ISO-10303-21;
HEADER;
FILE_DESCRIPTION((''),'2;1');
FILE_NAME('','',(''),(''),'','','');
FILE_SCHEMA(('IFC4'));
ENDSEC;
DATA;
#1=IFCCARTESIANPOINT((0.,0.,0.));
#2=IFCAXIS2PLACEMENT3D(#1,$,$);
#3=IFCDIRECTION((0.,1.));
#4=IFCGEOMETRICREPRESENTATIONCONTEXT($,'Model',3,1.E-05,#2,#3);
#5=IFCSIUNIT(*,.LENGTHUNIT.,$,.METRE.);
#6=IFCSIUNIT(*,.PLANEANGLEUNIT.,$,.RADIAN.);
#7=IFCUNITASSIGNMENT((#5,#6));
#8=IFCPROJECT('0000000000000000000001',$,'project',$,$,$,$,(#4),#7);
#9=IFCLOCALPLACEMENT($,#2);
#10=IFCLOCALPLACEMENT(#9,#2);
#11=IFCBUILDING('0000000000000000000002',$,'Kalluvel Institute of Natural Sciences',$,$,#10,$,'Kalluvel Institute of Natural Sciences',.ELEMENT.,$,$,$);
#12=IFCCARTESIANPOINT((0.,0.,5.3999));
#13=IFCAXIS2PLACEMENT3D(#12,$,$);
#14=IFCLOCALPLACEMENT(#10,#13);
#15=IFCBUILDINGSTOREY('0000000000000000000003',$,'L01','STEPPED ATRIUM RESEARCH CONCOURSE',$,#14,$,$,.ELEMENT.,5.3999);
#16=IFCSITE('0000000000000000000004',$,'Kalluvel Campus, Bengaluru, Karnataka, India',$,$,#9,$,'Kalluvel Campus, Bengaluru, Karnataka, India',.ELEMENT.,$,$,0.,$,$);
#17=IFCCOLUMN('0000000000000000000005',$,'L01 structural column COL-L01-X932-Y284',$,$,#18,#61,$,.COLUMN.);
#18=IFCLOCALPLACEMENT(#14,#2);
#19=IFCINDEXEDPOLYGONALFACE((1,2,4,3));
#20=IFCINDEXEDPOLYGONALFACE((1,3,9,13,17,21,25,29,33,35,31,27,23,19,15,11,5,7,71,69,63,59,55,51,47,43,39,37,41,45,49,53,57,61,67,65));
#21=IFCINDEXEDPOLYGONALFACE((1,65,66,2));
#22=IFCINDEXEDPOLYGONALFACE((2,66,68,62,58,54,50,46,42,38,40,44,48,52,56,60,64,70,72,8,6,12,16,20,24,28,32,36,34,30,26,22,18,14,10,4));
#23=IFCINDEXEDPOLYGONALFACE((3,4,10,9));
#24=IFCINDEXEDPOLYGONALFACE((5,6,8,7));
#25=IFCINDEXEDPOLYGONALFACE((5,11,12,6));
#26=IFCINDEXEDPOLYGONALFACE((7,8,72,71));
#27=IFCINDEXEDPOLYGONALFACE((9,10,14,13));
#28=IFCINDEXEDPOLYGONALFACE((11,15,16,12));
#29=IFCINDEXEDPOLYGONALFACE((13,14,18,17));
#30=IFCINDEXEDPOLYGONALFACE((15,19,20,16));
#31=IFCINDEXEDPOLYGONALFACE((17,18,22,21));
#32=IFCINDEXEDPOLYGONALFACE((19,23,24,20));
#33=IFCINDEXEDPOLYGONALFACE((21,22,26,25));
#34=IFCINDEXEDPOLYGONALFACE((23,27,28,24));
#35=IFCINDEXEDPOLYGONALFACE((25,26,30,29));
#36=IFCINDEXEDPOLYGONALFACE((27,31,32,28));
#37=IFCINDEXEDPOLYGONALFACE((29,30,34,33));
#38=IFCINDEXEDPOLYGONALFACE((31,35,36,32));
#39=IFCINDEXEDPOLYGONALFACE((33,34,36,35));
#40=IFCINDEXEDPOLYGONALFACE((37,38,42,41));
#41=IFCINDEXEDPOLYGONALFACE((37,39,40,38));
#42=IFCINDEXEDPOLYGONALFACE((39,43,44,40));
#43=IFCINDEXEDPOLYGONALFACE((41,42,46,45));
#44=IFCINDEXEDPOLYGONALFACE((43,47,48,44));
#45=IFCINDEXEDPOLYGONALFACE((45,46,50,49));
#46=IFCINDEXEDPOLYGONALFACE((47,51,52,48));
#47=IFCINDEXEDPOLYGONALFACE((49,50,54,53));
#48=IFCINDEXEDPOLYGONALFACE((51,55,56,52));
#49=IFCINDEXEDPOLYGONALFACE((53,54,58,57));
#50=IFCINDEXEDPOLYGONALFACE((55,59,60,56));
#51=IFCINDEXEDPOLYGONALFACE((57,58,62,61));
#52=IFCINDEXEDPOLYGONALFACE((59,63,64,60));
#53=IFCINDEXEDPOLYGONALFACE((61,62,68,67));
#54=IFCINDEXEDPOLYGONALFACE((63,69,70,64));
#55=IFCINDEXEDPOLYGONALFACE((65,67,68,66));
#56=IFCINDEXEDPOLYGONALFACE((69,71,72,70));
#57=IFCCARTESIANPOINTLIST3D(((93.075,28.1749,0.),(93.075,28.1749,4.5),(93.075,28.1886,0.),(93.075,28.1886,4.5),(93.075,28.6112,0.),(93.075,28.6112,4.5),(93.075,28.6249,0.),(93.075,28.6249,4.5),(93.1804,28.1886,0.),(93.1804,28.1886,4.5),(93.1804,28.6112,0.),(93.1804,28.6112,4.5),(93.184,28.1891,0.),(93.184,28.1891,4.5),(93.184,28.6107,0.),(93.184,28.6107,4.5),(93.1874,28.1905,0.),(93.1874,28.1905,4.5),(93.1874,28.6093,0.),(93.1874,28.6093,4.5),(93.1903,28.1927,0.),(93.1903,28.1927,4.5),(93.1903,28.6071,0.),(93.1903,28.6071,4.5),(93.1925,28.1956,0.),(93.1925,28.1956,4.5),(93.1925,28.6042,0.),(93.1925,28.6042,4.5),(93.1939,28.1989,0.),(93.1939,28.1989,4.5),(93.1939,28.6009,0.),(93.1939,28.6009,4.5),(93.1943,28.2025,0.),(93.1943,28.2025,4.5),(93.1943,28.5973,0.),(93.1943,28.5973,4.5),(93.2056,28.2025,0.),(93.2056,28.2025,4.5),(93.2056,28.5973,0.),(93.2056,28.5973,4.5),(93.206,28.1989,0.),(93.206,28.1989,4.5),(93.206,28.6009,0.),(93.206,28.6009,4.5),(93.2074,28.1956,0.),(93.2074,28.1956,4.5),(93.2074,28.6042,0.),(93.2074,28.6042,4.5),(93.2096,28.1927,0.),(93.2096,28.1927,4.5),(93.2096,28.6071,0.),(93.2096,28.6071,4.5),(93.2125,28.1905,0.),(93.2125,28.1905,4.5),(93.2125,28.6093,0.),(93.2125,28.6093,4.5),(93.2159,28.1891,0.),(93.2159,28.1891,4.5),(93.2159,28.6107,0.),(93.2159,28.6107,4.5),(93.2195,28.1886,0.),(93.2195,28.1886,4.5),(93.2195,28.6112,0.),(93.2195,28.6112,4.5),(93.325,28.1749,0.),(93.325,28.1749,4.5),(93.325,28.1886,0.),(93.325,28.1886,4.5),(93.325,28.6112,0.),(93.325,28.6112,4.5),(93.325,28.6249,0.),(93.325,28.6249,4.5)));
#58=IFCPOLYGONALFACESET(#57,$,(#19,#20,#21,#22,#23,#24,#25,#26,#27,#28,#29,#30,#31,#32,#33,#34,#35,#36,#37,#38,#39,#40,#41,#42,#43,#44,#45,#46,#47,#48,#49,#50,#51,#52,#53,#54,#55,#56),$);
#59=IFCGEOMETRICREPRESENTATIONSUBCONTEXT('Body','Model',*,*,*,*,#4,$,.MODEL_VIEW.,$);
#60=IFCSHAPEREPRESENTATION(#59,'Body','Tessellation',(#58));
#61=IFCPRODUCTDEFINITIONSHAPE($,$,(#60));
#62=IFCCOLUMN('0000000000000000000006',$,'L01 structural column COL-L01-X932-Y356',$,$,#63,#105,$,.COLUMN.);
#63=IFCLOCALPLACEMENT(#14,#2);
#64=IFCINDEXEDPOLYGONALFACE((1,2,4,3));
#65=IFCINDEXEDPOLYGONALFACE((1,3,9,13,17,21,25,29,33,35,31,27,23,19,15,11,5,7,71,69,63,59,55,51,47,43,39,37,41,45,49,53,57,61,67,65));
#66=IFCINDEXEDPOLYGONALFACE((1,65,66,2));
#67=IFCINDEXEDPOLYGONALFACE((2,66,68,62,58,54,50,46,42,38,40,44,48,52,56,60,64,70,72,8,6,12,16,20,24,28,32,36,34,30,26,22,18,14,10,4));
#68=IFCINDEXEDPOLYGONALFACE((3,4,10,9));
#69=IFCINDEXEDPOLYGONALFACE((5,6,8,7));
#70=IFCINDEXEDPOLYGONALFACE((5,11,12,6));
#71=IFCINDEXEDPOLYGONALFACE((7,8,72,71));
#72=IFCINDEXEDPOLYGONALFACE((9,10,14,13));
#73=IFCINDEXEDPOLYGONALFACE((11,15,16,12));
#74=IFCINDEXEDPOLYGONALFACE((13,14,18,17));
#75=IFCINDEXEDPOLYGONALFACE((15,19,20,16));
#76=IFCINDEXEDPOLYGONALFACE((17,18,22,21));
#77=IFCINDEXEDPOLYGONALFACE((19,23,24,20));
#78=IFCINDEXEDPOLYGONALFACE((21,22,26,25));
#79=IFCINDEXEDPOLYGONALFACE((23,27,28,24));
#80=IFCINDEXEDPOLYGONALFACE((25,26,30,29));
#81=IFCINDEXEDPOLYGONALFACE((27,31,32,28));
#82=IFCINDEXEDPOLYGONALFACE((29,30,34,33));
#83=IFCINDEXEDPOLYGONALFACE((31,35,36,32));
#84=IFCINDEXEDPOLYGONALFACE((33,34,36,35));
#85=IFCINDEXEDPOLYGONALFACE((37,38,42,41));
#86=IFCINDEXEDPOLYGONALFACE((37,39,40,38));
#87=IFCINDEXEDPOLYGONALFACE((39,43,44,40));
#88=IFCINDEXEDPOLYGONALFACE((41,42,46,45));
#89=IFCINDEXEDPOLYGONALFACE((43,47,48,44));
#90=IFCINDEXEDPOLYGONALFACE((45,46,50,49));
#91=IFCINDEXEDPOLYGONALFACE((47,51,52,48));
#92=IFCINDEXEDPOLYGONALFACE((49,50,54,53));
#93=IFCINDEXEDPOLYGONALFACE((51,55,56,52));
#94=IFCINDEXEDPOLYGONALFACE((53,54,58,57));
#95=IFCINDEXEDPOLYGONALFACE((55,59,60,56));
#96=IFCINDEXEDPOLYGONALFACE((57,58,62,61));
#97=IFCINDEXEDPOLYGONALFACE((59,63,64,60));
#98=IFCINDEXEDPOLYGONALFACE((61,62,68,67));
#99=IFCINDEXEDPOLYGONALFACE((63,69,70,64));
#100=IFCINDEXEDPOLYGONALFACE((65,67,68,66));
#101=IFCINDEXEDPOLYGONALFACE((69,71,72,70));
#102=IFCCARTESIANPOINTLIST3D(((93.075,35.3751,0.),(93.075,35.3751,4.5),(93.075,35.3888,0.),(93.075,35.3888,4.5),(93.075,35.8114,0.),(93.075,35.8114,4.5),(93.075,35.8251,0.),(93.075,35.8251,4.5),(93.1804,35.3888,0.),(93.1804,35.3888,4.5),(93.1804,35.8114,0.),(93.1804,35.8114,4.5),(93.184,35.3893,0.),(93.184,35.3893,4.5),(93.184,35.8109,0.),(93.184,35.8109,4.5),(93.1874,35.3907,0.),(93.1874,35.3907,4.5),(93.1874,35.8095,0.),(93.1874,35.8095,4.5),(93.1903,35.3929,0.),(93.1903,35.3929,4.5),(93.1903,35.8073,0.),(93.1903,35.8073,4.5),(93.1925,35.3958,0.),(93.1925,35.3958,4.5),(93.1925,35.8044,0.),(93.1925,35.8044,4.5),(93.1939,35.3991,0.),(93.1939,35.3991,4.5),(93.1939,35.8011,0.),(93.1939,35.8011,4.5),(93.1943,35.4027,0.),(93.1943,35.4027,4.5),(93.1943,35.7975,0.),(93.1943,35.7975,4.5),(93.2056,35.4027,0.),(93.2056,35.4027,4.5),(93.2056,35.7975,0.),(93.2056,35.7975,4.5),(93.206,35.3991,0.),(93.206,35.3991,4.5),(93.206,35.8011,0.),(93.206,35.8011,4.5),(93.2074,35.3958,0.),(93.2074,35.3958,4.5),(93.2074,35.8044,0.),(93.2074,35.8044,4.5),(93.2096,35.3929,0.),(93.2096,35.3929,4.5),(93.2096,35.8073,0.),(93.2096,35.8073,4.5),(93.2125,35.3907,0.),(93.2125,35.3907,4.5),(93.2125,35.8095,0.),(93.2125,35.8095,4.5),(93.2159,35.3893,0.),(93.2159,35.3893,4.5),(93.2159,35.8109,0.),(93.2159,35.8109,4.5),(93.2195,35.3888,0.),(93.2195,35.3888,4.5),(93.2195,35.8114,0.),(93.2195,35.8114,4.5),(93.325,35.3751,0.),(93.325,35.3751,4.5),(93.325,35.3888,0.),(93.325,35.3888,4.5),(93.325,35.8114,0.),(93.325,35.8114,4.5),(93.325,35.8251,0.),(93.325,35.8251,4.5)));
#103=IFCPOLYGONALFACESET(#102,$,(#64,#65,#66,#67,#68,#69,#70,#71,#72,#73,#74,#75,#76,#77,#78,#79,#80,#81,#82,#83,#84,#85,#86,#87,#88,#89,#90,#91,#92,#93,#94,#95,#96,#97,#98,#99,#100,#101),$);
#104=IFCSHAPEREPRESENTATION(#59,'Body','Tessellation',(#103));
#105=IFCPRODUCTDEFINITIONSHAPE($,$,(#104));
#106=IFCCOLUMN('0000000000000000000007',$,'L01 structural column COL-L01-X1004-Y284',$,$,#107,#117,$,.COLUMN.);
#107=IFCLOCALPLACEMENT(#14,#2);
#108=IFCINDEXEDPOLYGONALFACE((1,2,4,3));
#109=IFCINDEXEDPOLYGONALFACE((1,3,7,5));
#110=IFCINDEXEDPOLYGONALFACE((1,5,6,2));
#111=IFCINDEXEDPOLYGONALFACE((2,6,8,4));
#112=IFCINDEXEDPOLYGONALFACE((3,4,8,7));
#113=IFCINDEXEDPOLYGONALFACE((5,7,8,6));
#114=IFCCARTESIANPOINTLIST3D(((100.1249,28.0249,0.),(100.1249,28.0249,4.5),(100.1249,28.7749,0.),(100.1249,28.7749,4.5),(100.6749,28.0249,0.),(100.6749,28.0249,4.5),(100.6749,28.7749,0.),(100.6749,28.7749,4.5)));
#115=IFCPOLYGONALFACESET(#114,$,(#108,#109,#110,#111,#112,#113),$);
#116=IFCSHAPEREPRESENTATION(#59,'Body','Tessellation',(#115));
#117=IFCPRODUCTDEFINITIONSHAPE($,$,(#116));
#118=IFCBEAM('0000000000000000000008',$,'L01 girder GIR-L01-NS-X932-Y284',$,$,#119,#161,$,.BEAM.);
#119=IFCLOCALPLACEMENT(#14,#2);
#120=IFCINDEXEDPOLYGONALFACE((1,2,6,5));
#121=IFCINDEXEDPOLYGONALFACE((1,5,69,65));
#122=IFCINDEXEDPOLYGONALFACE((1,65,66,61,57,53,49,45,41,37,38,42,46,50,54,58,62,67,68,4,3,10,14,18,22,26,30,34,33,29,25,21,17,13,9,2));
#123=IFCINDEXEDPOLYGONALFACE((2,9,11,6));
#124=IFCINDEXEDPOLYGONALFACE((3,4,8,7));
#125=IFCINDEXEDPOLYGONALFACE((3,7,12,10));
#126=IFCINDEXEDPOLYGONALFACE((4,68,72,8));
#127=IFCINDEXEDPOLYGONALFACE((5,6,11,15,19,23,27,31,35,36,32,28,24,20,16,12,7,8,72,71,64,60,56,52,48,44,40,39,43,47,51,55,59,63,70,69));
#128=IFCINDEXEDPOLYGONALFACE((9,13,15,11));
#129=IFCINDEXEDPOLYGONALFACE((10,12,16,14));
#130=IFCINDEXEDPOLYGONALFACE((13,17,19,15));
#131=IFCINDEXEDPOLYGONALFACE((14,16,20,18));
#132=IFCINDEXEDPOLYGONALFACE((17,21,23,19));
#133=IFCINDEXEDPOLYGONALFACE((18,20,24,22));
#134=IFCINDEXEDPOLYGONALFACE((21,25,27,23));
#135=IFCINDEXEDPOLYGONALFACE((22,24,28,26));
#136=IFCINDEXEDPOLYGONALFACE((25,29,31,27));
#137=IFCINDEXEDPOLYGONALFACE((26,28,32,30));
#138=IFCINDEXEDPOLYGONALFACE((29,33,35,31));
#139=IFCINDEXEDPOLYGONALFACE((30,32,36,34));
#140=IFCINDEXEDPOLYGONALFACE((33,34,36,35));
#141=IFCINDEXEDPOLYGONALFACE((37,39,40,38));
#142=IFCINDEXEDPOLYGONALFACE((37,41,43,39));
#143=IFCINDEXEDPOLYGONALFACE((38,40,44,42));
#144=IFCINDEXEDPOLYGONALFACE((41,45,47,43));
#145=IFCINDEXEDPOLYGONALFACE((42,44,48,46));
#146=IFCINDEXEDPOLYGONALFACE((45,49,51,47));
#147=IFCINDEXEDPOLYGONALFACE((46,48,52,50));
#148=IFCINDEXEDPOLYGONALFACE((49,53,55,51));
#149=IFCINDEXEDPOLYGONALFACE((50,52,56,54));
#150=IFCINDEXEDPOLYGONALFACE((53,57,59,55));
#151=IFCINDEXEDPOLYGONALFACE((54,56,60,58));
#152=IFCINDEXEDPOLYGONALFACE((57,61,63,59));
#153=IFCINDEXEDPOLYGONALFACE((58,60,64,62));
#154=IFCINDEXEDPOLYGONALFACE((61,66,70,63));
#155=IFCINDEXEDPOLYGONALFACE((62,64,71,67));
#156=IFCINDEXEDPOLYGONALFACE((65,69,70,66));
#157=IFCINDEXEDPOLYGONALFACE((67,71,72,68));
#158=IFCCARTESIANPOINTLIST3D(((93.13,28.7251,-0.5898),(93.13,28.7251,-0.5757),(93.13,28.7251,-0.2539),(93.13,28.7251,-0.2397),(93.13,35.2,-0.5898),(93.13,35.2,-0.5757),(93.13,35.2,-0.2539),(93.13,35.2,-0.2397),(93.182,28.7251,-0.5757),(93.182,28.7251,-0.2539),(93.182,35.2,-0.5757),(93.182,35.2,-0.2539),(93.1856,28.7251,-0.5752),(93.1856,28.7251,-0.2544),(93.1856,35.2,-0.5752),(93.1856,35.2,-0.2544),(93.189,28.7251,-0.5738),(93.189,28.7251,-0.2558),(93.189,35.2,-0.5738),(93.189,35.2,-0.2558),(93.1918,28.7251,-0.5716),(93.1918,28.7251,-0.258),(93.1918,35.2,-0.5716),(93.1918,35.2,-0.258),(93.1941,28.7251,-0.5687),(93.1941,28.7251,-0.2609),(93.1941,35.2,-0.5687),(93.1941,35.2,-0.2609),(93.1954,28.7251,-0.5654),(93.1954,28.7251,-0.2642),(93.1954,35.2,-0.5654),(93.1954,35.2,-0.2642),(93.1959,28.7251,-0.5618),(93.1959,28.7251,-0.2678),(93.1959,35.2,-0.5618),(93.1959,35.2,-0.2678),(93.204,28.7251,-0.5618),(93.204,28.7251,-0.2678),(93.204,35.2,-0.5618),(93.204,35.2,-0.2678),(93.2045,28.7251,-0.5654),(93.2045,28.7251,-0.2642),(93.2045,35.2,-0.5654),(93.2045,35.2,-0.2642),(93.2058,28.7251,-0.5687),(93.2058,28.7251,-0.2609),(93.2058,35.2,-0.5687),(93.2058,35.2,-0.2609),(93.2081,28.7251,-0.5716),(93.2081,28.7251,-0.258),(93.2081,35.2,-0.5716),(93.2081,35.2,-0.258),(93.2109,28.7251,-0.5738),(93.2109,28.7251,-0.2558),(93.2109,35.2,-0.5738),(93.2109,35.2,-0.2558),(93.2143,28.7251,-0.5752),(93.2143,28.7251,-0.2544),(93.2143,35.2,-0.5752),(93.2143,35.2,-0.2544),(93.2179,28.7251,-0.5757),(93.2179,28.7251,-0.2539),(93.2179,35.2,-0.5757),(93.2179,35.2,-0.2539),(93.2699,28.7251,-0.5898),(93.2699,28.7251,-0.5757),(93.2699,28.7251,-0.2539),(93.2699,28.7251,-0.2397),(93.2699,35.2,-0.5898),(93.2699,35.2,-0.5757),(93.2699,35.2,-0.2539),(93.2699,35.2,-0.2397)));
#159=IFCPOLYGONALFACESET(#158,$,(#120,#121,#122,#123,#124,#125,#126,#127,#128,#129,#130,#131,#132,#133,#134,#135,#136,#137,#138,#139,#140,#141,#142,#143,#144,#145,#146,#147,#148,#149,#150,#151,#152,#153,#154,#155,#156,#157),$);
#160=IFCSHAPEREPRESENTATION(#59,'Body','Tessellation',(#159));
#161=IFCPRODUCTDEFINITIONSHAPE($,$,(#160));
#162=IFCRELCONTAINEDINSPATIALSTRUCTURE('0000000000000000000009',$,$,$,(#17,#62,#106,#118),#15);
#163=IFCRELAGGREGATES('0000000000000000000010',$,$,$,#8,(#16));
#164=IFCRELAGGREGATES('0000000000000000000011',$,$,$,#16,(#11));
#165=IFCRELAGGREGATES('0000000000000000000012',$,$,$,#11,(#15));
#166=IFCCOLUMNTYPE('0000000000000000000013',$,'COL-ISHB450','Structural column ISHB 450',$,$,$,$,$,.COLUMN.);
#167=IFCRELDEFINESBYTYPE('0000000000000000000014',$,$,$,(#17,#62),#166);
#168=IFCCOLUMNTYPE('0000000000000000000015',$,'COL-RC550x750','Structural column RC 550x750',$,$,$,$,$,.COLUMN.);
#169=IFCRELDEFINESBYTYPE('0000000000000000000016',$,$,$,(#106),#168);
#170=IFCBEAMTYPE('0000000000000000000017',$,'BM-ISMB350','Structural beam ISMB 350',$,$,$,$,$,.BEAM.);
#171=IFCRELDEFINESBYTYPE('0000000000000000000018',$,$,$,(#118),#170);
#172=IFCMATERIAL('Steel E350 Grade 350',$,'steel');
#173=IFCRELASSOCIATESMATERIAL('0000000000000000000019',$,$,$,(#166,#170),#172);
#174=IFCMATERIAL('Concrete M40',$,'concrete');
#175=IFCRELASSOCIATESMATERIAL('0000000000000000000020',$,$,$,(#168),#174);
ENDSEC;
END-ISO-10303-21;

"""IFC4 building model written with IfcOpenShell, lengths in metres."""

from ifc_helpers import new_model, si_unit, direction, frame, origin, origin_2d, place, context, subcontext, project, spatial, rectangle, i_section, extrude, material, material_profile, profile_set, type_object, element, save


model = new_model("IFC4")

# Units and contexts
model_context = context("Model", 3, precision=1e-05, world=origin(), true_north=direction((0.0, 1.0)))
body_context = subcontext(model_context, "Body", "Model", "MODEL_VIEW")
ifc_project = project(units=[si_unit("LENGTHUNIT", "METRE"), si_unit("PLANEANGLEUNIT", "RADIAN")], contexts=[model_context])

# Site, building, storey
site_placement = place(None, origin())
site = spatial("IfcSite", under=ifc_project, at=site_placement, Name="Kalluvel Campus, Bengaluru, Karnataka, India", LongName="Kalluvel Campus, Bengaluru, Karnataka, India", CompositionType="ELEMENT", RefElevation=0.0)
building_placement = place(site_placement, origin())
building = spatial("IfcBuilding", under=site, at=building_placement, Name="Kalluvel Institute of Natural Sciences", LongName="Kalluvel Institute of Natural Sciences", CompositionType="ELEMENT")
storey_placement = place(building_placement, frame((0.0, 0.0, 5.3999)))
storey = spatial("IfcBuildingStorey", under=building, at=storey_placement, Name="L01", Description="STEPPED ATRIUM RESEARCH CONCOURSE", CompositionType="ELEMENT", Elevation=5.3999)

# Columns
ifc_material_1 = material(Name="Steel E350 Grade 350", Category="steel")
ifc_material_profile_1 = material_profile(ifc_material_1, i_section(OverallWidth=0.25, OverallDepth=0.45, WebThickness=0.0112, FlangeThickness=0.0137, FilletRadius=0.0139, at=origin_2d()), Name="ISHB 450")
ifc_profile_set_1 = profile_set([ifc_material_profile_1], Name="Steel E350 Grade 350")
column_type_1 = type_object("IfcColumnType", Name="COL-ISHB450", Description="Structural column ISHB 450", PredefinedType="COLUMN", material=ifc_profile_set_1)
for number, where, z_axis, x_axis, name in (
    (1, (93.2, 28.3999, 0.0), (0.0, 0.0, 1.0), (1.0, 0.0, 0.0), "L01 structural column COL-L01-X932-Y284"),
    (2, (93.2, 35.6001, 0.0), (0.0, 0.0, 1.0), (1.0, 0.0, 0.0), "L01 structural column COL-L01-X932-Y356"),
):
    element("IfcColumn", number, at=place(storey_placement, frame(where, z_axis=z_axis, x_axis=x_axis)), inside=storey, type_object=column_type_1, Name=name, PredefinedType="COLUMN", context=body_context, shape_type="SweptSolid", body=[
        extrude(i_section(OverallWidth=0.25, OverallDepth=0.45, WebThickness=0.0112, FlangeThickness=0.0137, FilletRadius=0.0139, at=origin_2d()), origin(), (0.0, 0.0, 1.0), 4.5),
    ])
ifc_material_2 = material(Name="Concrete M40", Category="concrete")
ifc_material_profile_2 = material_profile(ifc_material_2, rectangle(XDim=0.55, YDim=0.75, at=origin_2d()), Name="RC 550x750")
ifc_profile_set_2 = profile_set([ifc_material_profile_2], Name="Concrete M40")
column_type_2 = type_object("IfcColumnType", Name="COL-RC550x750", Description="Structural column RC 550x750", PredefinedType="COLUMN", material=ifc_profile_set_2)
column_placement = place(storey_placement, frame((100.3999, 28.3999, 0.0), z_axis=(0.0, 0.0, 1.0), x_axis=(1.0, 0.0, 0.0)))
element("IfcColumn", 3, at=column_placement, inside=storey, type_object=column_type_2, Name="L01 structural column COL-L01-X1004-Y284", PredefinedType="COLUMN", context=body_context, shape_type="SweptSolid", body=[
    extrude(rectangle(XDim=0.55, YDim=0.75, at=origin_2d()), origin(), (0.0, 0.0, 1.0), 4.5),
])

# Beam
ifc_material_profile_3 = material_profile(ifc_material_1, i_section(OverallWidth=0.1399, OverallDepth=0.3501, WebThickness=0.0081, FlangeThickness=0.0142, FilletRadius=0.0139, at=origin_2d()), Name="ISMB 350")
ifc_profile_set_3 = profile_set([ifc_material_profile_3], Name="Steel E350 Grade 350")
beam_type_1 = type_object("IfcBeamType", Name="BM-ISMB350", Description="Structural beam ISMB 350", PredefinedType="BEAM", material=ifc_profile_set_3)
beam_1_placement = place(storey_placement, frame((93.2, 28.7251, -0.4148), z_axis=(0.0, 1.0, 0.0), x_axis=(-1.0, 0.0, 0.0)))
element("IfcBeam", 4, at=beam_1_placement, inside=storey, type_object=beam_type_1, Name="L01 girder GIR-L01-NS-X932-Y284", PredefinedType="BEAM", context=body_context, shape_type="SweptSolid", body=[
    extrude(i_section(OverallWidth=0.1399, OverallDepth=0.3501, WebThickness=0.0081, FlangeThickness=0.0142, FilletRadius=0.0139, at=origin_2d()), origin(), (0.0, 0.0, 1.0), 6.4749),
])

save(model, "model.ifc")
